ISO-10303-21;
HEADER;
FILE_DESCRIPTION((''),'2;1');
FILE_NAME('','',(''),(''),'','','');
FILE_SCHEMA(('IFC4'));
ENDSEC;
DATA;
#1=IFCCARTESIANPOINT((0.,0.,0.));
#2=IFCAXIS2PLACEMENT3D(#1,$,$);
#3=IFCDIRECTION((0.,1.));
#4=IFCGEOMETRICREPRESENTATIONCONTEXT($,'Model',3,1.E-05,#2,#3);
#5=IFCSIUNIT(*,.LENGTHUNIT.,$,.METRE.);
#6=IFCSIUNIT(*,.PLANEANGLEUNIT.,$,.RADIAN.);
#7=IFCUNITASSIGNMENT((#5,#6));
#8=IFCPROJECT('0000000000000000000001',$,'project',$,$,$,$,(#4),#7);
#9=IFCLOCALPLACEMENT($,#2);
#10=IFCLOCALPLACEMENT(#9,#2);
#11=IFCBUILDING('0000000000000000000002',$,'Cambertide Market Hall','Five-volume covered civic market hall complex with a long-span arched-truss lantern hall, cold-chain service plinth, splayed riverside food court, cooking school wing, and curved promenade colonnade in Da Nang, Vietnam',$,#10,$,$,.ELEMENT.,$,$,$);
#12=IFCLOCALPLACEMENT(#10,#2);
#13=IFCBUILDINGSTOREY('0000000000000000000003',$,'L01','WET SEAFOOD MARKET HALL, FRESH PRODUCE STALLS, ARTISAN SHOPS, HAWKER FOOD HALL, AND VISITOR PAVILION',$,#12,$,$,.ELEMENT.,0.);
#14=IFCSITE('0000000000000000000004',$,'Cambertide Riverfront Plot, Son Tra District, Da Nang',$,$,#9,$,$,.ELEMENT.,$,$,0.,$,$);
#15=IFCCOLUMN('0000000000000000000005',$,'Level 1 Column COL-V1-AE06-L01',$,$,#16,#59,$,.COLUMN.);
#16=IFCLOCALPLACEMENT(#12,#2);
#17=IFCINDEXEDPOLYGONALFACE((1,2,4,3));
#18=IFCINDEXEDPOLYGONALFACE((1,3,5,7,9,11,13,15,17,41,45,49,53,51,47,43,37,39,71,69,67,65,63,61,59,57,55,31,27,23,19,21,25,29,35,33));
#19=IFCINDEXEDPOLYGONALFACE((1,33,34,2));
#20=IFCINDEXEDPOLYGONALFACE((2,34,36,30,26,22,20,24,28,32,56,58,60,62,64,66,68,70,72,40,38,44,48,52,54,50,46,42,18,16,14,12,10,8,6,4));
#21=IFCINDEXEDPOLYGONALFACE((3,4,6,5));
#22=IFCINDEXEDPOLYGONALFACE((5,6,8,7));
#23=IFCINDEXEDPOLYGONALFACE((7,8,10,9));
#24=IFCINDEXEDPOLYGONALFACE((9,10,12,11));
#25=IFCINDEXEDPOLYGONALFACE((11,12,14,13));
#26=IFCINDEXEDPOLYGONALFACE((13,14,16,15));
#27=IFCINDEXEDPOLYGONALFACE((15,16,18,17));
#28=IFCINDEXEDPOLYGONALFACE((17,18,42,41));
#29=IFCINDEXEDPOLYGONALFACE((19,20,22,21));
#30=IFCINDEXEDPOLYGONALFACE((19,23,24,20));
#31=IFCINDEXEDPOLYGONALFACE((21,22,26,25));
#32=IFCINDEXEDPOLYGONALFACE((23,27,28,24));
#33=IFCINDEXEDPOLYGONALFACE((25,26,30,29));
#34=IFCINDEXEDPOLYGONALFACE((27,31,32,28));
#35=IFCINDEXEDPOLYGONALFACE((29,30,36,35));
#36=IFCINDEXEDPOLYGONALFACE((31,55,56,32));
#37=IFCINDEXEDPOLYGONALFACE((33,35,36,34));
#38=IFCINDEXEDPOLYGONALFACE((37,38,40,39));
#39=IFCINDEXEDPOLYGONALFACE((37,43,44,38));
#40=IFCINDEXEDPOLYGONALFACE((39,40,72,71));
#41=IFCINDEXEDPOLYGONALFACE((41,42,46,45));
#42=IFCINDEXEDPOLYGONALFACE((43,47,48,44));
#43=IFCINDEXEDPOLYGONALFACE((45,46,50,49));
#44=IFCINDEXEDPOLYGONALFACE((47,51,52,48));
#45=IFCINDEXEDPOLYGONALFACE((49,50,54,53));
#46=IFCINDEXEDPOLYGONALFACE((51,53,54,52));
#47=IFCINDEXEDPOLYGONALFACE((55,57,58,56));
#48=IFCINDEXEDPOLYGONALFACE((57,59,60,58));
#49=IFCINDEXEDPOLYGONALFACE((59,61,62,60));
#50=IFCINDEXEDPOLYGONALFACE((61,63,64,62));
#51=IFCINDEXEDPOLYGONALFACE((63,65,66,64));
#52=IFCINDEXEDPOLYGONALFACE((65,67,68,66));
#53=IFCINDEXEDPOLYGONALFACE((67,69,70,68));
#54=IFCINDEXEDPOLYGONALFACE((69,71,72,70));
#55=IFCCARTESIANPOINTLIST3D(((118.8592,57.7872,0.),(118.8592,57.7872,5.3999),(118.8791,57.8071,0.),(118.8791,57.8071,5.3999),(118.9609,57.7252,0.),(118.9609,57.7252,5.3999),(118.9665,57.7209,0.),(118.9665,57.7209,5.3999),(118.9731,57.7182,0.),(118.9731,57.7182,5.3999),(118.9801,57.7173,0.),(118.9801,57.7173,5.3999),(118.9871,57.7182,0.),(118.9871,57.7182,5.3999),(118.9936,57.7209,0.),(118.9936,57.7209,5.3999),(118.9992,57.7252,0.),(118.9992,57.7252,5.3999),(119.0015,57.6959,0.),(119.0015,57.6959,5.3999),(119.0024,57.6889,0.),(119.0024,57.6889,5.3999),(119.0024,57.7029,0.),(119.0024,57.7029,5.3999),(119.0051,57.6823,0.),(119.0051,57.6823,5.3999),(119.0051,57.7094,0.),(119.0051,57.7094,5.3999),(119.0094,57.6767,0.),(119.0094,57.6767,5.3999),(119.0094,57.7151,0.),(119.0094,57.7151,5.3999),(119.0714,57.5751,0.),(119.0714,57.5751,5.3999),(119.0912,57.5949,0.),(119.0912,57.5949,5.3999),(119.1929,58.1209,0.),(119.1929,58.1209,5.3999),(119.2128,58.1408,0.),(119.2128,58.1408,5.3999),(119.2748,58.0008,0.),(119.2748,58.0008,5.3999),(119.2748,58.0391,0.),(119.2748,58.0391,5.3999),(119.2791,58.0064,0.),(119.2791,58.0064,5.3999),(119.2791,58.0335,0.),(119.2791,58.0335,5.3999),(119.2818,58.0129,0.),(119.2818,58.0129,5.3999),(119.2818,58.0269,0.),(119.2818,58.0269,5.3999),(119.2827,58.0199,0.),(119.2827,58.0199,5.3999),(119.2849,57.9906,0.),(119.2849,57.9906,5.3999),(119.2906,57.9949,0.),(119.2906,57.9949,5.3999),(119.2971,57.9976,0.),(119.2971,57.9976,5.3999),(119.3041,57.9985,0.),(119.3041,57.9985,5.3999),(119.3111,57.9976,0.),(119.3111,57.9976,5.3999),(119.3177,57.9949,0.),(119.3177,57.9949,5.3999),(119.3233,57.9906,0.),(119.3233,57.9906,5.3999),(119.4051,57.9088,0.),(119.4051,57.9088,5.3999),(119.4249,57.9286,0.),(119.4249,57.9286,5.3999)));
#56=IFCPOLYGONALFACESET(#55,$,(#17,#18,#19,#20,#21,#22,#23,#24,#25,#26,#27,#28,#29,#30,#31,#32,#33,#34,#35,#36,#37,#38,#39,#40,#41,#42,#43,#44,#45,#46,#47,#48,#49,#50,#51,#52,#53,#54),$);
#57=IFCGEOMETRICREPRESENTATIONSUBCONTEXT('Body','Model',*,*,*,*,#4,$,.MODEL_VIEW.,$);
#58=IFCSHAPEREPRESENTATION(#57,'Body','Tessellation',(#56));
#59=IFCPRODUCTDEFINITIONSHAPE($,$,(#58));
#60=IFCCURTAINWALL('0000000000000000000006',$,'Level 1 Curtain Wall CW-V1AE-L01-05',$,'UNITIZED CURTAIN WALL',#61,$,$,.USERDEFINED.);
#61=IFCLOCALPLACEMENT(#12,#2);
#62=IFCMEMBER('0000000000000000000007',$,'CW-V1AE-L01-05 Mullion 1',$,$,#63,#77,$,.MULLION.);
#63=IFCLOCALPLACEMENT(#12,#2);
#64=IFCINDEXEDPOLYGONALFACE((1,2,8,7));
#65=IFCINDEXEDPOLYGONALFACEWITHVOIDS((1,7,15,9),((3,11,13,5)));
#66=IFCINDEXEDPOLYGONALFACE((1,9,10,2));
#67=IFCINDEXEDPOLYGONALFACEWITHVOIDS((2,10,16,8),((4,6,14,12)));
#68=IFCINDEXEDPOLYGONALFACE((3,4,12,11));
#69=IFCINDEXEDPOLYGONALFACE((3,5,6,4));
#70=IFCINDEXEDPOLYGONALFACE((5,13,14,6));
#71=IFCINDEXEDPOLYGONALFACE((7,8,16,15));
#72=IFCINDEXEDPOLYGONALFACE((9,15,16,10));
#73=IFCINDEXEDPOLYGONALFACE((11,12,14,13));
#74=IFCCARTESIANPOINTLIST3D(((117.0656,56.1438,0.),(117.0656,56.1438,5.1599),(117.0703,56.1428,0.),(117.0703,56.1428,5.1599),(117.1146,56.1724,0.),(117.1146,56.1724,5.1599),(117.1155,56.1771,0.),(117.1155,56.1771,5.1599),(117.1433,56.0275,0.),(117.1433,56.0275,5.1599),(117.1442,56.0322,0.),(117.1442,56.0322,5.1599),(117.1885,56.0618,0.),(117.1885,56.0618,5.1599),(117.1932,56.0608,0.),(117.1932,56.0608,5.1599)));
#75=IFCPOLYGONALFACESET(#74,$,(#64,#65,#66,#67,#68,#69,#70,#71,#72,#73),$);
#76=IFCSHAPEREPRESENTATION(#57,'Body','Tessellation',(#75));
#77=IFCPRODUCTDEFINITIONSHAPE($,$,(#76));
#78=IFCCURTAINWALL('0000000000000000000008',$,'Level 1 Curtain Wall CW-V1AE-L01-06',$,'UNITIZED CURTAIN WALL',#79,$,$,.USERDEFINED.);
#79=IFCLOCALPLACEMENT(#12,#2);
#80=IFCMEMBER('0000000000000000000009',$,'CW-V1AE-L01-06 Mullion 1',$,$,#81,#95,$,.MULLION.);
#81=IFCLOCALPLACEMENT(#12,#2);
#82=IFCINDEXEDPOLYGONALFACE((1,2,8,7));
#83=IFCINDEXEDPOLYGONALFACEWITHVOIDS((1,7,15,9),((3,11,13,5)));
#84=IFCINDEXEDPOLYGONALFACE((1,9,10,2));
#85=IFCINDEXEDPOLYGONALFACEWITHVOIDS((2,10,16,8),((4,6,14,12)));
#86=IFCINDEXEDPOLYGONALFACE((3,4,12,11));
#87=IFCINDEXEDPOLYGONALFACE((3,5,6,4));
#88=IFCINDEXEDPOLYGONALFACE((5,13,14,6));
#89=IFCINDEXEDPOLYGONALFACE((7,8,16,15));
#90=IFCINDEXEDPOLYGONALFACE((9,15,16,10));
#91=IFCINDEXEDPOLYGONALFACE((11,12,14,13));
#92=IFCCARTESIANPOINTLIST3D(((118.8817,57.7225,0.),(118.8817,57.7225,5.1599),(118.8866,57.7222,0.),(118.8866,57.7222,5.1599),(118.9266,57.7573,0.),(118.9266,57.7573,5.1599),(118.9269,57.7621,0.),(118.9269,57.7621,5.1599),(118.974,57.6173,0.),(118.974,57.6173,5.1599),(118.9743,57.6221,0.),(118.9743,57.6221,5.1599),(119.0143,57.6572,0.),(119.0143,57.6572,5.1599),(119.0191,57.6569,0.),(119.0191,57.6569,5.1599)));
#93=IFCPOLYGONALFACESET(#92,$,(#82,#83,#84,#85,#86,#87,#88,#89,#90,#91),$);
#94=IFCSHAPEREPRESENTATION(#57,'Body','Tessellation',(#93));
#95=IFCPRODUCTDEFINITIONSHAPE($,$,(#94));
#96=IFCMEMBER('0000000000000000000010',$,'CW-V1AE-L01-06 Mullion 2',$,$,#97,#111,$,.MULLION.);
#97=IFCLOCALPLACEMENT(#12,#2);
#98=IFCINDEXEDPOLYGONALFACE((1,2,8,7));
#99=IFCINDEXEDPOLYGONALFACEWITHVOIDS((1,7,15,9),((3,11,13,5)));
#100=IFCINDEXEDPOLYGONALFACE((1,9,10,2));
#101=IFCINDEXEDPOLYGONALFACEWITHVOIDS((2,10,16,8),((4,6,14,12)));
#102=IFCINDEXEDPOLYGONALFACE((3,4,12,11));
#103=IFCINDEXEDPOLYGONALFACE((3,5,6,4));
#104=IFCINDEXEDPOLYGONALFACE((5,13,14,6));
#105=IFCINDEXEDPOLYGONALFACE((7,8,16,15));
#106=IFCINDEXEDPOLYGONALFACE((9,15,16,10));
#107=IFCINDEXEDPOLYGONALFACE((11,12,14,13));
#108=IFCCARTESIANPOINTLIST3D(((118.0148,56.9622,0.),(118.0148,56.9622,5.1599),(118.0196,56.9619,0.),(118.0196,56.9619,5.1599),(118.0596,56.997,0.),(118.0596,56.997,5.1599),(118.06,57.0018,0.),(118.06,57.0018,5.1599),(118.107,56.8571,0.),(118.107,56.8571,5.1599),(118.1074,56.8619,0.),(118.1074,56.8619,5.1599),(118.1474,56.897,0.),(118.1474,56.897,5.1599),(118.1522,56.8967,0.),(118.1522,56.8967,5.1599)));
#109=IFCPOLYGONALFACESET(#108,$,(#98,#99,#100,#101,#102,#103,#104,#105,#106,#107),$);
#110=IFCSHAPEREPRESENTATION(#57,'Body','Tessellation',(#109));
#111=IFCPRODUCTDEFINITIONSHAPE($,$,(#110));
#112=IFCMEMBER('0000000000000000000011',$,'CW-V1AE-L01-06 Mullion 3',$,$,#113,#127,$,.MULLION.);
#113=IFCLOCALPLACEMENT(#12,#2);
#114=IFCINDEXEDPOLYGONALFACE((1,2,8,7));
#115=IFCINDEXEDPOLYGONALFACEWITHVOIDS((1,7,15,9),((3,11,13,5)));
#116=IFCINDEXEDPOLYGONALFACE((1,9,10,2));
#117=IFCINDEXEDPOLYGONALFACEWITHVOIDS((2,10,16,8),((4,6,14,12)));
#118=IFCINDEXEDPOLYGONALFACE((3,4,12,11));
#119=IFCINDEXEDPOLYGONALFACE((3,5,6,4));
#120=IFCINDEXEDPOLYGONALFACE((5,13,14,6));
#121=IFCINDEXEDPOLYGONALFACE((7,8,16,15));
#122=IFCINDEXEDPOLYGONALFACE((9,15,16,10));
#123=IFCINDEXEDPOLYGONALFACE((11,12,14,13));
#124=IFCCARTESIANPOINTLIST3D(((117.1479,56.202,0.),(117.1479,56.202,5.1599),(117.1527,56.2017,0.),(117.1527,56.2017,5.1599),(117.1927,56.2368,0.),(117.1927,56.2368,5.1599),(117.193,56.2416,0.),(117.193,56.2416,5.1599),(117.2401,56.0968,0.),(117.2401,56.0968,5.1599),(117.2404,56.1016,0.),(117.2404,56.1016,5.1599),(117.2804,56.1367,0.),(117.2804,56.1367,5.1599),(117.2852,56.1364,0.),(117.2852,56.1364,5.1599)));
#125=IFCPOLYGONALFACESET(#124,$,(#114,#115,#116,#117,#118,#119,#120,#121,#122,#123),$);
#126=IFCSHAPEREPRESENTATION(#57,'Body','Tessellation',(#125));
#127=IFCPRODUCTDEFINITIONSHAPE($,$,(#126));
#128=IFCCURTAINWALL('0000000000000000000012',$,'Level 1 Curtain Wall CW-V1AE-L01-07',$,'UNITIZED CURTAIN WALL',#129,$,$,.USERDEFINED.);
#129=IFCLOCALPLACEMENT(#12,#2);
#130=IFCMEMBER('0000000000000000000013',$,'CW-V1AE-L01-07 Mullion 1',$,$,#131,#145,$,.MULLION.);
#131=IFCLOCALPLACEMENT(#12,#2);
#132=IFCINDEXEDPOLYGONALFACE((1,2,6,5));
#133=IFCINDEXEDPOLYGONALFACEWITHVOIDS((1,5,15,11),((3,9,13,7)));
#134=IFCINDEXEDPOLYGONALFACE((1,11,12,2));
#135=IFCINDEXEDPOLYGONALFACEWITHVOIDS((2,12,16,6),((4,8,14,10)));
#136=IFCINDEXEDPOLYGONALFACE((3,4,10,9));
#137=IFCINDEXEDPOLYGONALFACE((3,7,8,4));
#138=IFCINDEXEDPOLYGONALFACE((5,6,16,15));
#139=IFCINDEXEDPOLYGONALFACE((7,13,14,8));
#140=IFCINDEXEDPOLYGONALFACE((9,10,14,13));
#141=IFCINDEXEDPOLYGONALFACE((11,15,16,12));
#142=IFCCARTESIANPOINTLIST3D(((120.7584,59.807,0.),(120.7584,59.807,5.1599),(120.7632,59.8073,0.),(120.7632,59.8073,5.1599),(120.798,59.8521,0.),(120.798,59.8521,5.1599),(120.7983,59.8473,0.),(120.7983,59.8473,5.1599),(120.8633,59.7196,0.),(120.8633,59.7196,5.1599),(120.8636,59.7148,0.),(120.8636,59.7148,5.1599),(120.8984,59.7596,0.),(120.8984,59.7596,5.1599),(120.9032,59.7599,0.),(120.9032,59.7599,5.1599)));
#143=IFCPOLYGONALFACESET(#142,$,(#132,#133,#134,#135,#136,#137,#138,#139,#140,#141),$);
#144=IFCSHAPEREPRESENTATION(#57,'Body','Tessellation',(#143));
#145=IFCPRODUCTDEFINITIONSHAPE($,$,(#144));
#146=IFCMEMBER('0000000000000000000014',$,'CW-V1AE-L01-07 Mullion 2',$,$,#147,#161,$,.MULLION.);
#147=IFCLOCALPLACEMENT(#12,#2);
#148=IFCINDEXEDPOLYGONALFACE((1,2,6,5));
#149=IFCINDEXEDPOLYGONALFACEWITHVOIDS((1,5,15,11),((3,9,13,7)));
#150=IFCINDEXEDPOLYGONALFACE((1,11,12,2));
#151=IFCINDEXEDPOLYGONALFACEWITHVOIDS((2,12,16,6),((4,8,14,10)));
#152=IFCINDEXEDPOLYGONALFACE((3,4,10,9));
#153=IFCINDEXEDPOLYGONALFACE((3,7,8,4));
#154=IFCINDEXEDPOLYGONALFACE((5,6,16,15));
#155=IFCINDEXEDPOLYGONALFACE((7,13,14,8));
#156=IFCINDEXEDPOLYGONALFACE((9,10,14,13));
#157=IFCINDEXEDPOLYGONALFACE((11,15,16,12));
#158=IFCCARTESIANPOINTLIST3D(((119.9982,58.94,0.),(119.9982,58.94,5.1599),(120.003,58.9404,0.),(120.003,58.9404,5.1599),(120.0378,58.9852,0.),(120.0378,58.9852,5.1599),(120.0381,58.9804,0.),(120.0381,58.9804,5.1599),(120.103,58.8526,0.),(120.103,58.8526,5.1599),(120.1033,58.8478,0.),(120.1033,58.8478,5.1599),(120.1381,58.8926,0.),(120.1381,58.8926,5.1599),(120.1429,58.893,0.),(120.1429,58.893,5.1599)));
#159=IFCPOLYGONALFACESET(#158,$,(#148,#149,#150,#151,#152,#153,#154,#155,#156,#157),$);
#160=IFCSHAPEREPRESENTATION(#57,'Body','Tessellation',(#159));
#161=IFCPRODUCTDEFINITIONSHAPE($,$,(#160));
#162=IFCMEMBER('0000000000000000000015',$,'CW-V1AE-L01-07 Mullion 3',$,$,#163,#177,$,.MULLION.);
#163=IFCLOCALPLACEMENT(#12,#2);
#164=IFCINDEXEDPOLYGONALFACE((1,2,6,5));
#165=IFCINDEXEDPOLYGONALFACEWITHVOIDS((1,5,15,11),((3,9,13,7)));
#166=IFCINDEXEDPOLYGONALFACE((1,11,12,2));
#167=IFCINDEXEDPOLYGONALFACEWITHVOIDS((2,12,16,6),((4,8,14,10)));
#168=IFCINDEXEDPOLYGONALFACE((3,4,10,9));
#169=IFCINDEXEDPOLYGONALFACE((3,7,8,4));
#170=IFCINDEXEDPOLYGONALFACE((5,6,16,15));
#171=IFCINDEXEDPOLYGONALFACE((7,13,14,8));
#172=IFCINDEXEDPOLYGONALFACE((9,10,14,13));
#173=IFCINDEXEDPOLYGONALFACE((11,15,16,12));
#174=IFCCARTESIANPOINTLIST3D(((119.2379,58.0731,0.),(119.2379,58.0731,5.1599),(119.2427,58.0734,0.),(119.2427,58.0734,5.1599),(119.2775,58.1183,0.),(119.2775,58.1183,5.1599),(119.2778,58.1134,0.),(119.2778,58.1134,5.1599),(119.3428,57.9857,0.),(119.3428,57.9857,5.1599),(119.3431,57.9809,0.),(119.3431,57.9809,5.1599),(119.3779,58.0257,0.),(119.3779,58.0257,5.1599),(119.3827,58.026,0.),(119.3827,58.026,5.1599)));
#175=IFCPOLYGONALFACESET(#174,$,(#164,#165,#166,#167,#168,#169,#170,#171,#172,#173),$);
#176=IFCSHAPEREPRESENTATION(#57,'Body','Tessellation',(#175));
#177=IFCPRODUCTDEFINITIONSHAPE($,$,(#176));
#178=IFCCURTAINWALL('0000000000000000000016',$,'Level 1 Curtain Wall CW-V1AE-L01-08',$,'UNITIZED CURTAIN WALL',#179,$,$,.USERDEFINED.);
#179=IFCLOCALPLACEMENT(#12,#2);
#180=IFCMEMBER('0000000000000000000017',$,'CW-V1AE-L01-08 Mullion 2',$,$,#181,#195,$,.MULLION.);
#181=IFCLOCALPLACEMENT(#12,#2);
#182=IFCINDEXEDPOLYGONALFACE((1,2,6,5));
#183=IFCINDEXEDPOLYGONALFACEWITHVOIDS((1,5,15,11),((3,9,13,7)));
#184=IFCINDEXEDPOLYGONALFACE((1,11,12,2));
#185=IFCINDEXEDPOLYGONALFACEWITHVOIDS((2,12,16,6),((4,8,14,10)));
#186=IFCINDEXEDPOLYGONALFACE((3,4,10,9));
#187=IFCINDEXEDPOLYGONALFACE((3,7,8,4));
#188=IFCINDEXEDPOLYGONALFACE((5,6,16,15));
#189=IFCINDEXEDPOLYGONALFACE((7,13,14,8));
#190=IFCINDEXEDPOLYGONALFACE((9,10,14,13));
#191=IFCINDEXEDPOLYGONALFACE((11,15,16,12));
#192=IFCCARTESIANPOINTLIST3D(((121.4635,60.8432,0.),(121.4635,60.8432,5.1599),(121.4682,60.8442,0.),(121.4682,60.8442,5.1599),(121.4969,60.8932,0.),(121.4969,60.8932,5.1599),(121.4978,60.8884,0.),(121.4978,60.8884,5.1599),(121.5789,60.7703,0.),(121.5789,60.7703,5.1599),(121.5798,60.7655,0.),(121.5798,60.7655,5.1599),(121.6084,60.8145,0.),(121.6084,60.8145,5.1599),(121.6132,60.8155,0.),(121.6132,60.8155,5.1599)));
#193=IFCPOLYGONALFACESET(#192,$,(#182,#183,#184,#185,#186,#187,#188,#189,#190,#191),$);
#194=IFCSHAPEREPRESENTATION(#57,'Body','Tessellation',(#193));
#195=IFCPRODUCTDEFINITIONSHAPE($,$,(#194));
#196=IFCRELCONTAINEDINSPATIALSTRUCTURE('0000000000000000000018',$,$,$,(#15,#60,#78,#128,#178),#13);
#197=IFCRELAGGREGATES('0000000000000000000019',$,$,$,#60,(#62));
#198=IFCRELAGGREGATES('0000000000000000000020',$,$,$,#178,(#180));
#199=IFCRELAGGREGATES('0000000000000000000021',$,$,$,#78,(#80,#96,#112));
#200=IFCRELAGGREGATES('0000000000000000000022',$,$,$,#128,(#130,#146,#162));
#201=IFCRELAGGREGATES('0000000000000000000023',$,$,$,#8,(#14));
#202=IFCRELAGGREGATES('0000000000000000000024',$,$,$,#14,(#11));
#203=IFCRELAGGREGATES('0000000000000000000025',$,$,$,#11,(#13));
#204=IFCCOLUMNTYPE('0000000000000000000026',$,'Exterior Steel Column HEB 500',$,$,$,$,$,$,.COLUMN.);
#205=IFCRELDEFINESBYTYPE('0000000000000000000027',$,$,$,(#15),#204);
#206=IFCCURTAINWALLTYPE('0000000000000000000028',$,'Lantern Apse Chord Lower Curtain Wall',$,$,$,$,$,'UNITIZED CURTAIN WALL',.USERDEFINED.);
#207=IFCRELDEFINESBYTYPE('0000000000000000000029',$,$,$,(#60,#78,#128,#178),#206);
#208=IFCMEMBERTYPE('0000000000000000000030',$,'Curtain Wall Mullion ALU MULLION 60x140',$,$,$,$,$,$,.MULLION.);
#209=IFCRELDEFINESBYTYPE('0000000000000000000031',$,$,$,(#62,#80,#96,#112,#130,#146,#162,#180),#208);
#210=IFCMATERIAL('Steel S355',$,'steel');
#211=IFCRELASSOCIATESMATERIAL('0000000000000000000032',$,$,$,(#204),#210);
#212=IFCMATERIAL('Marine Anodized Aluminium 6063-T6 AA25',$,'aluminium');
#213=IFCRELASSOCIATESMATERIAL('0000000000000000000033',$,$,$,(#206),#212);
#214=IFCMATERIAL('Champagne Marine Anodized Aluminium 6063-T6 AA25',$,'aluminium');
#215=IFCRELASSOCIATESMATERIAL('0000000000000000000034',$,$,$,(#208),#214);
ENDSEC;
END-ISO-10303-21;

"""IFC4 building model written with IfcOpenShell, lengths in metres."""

from ifc_helpers import new_model, si_unit, direction, frame, origin, origin_2d, place, context, subcontext, project, spatial, hollow_rectangle, i_section, extrude, material, material_profile, profile_set, type_object, element, aggregate, save


model = new_model("IFC4")

# Units and contexts
model_context = context("Model", 3, precision=1e-05, world=origin(), true_north=direction((0.0, 1.0)))
body_context = subcontext(model_context, "Body", "Model", "MODEL_VIEW")
ifc_project = project(units=[si_unit("LENGTHUNIT", "METRE"), si_unit("PLANEANGLEUNIT", "RADIAN")], contexts=[model_context])

# Site, building, storey
site_placement = place(None, origin())
site = spatial("IfcSite", under=ifc_project, at=site_placement, Name="Cambertide Riverfront Plot, Son Tra District, Da Nang", CompositionType="ELEMENT", RefElevation=0.0)
building_placement = place(site_placement, origin())
building = spatial("IfcBuilding", under=site, at=building_placement, Name="Cambertide Market Hall", Description="Five-volume covered civic market hall complex with a long-span arched-truss lantern hall, cold-chain service plinth, splayed riverside food court, cooking school wing, and curved promenade colonnade in Da Nang, Vietnam", CompositionType="ELEMENT")
storey_placement = place(building_placement, origin())
storey = spatial("IfcBuildingStorey", under=building, at=storey_placement, Name="L01", Description="WET SEAFOOD MARKET HALL, FRESH PRODUCE STALLS, ARTISAN SHOPS, HAWKER FOOD HALL, AND VISITOR PAVILION", CompositionType="ELEMENT", Elevation=0.0)

# Column
ifc_material_1 = material(Name="Steel S355", Category="steel")
ifc_material_profile_1 = material_profile(ifc_material_1, i_section(OverallWidth=0.3, OverallDepth=0.5, WebThickness=0.0144, FlangeThickness=0.0281, FilletRadius=0.0271, at=origin_2d()), Name="HEB 500")
ifc_profile_set_1 = profile_set([ifc_material_profile_1], Name="Steel S355")
column_type = type_object("IfcColumnType", Name="Exterior Steel Column HEB 500", PredefinedType="COLUMN", material=ifc_profile_set_1)
column_placement = place(storey_placement, frame((119.1421, 57.8579, 0.0), z_axis=(0.0, 0.0, 1.0), x_axis=(0.707107, -0.707107, 0.0)))
element("IfcColumn", 1, at=column_placement, inside=storey, type_object=column_type, Name="Level 1 Column COL-V1-AE06-L01", PredefinedType="COLUMN", context=body_context, shape_type="SweptSolid", body=[
    extrude(i_section(OverallWidth=0.3, OverallDepth=0.5, WebThickness=0.0144, FlangeThickness=0.0281, FilletRadius=0.0271, at=origin_2d()), origin(), (0.0, 0.0, 1.0), 5.3999),
])

# Curtain wall, member
ifc_material_2 = material(Name="Marine Anodized Aluminium 6063-T6 AA25", Category="aluminium")
curtain_wall_type = type_object("IfcCurtainWallType", Name="Lantern Apse Chord Lower Curtain Wall", ElementType="UNITIZED CURTAIN WALL", PredefinedType="USERDEFINED", material=ifc_material_2)
curtain_wall_1_placement = place(storey_placement, origin())
curtain_wall_1 = element("IfcCurtainWall", 2, at=curtain_wall_1_placement, inside=storey, type_object=curtain_wall_type, Name="Level 1 Curtain Wall CW-V1AE-L01-05", ObjectType="UNITIZED CURTAIN WALL", PredefinedType="USERDEFINED")
ifc_material_3 = material(Name="Champagne Marine Anodized Aluminium 6063-T6 AA25", Category="aluminium")
ifc_material_profile_2 = material_profile(ifc_material_3, hollow_rectangle(XDim=0.0601, YDim=0.1399, WallThickness=0.0034, at=origin_2d()), Name="ALU MULLION 60x140")
ifc_profile_set_2 = profile_set([ifc_material_profile_2], Name="Champagne Marine Anodized Aluminium 6063-T6 AA25")
member_type_1 = type_object("IfcMemberType", Name="Curtain Wall Mullion ALU MULLION 60x140", PredefinedType="MULLION", material=ifc_profile_set_2)
member_1_placement = place(storey_placement, frame((117.1294, 56.1023, 0.0), z_axis=(0.0, 0.0, 1.0), x_axis=(-0.83147, -0.55557, 0.0)))
member_1 = element("IfcMember", 3, at=member_1_placement, type_object=member_type_1, Name="CW-V1AE-L01-05 Mullion 1", PredefinedType="MULLION", context=body_context, shape_type="SweptSolid", body=[
    extrude(hollow_rectangle(XDim=0.0601, YDim=0.1399, WallThickness=0.0034, at=origin_2d()), origin(), (0.0, 0.0, 1.0), 5.1599),
])
aggregate(curtain_wall_1, [member_1])

# Curtain walls, members
curtain_wall_2_placement = place(storey_placement, origin())
curtain_wall_2 = element("IfcCurtainWall", 4, at=curtain_wall_2_placement, inside=storey, type_object=curtain_wall_type, Name="Level 1 Curtain Wall CW-V1AE-L01-06", ObjectType="UNITIZED CURTAIN WALL", PredefinedType="USERDEFINED")
member_2_placement = place(storey_placement, frame((118.9504, 57.6897, 0.0), z_axis=(0.0, 0.0, 1.0), x_axis=(-0.75184, -0.659346, 0.0)))
member_2 = element("IfcMember", 5, at=member_2_placement, type_object=member_type_1, Name="CW-V1AE-L01-06 Mullion 1", PredefinedType="MULLION", context=body_context, shape_type="SweptSolid", body=[
    extrude(hollow_rectangle(XDim=0.0601, YDim=0.1399, WallThickness=0.0034, at=origin_2d()), origin(), (0.0, 0.0, 1.0), 5.1599),
])
member_3_placement = place(storey_placement, frame((118.0835, 56.9294, 0.0), z_axis=(0.0, 0.0, 1.0), x_axis=(-0.75184, -0.659346, 0.0)))
member_3 = element("IfcMember", 6, at=member_3_placement, type_object=member_type_1, Name="CW-V1AE-L01-06 Mullion 2", PredefinedType="MULLION", context=body_context, shape_type="SweptSolid", body=[
    extrude(hollow_rectangle(XDim=0.0601, YDim=0.1399, WallThickness=0.0034, at=origin_2d()), origin(), (0.0, 0.0, 1.0), 5.1599),
])
member_4_placement = place(storey_placement, frame((117.2166, 56.1692, 0.0), z_axis=(0.0, 0.0, 1.0), x_axis=(-0.75184, -0.659346, 0.0)))
member_4 = element("IfcMember", 7, at=member_4_placement, type_object=member_type_1, Name="CW-V1AE-L01-06 Mullion 3", PredefinedType="MULLION", context=body_context, shape_type="SweptSolid", body=[
    extrude(hollow_rectangle(XDim=0.0601, YDim=0.1399, WallThickness=0.0034, at=origin_2d()), origin(), (0.0, 0.0, 1.0), 5.1599),
])
curtain_wall_3_placement = place(storey_placement, origin())
curtain_wall_3 = element("IfcCurtainWall", 8, at=curtain_wall_3_placement, inside=storey, type_object=curtain_wall_type, Name="Level 1 Curtain Wall CW-V1AE-L01-07", ObjectType="UNITIZED CURTAIN WALL", PredefinedType="USERDEFINED")
member_5_placement = place(storey_placement, frame((120.8308, 59.7834, 0.0), z_axis=(0.0, 0.0, 1.0), x_axis=(-0.659346, -0.75184, 0.0)))
member_5 = element("IfcMember", 9, at=member_5_placement, type_object=member_type_1, Name="CW-V1AE-L01-07 Mullion 1", PredefinedType="MULLION", context=body_context, shape_type="SweptSolid", body=[
    extrude(hollow_rectangle(XDim=0.0601, YDim=0.1399, WallThickness=0.0034, at=origin_2d()), origin(), (0.0, 0.0, 1.0), 5.1599),
])
member_6_placement = place(storey_placement, frame((120.0706, 58.9165, 0.0), z_axis=(0.0, 0.0, 1.0), x_axis=(-0.659346, -0.75184, 0.0)))
member_6 = element("IfcMember", 10, at=member_6_placement, type_object=member_type_1, Name="CW-V1AE-L01-07 Mullion 2", PredefinedType="MULLION", context=body_context, shape_type="SweptSolid", body=[
    extrude(hollow_rectangle(XDim=0.0601, YDim=0.1399, WallThickness=0.0034, at=origin_2d()), origin(), (0.0, 0.0, 1.0), 5.1599),
])
member_7_placement = place(storey_placement, frame((119.3103, 58.0496, 0.0), z_axis=(0.0, 0.0, 1.0), x_axis=(-0.659346, -0.75184, 0.0)))
member_7 = element("IfcMember", 11, at=member_7_placement, type_object=member_type_1, Name="CW-V1AE-L01-07 Mullion 3", PredefinedType="MULLION", context=body_context, shape_type="SweptSolid", body=[
    extrude(hollow_rectangle(XDim=0.0601, YDim=0.1399, WallThickness=0.0034, at=origin_2d()), origin(), (0.0, 0.0, 1.0), 5.1599),
])
curtain_wall_4_placement = place(storey_placement, origin())
curtain_wall_4 = element("IfcCurtainWall", 12, at=curtain_wall_4_placement, inside=storey, type_object=curtain_wall_type, Name="Level 1 Curtain Wall CW-V1AE-L01-08", ObjectType="UNITIZED CURTAIN WALL", PredefinedType="USERDEFINED")
member_8_placement = place(storey_placement, frame((121.5383, 60.8293, 0.0), z_axis=(0.0, 0.0, 1.0), x_axis=(-0.55557, -0.83147, 0.0)))
member_8 = element("IfcMember", 13, at=member_8_placement, type_object=member_type_1, Name="CW-V1AE-L01-08 Mullion 2", PredefinedType="MULLION", context=body_context, shape_type="SweptSolid", body=[
    extrude(hollow_rectangle(XDim=0.0601, YDim=0.1399, WallThickness=0.0034, at=origin_2d()), origin(), (0.0, 0.0, 1.0), 5.1599),
])

aggregate(curtain_wall_4, [member_8])

aggregate(curtain_wall_2, [member_2, member_3, member_4])
aggregate(curtain_wall_3, [member_5, member_6, member_7])

save(model, "model.ifc")
